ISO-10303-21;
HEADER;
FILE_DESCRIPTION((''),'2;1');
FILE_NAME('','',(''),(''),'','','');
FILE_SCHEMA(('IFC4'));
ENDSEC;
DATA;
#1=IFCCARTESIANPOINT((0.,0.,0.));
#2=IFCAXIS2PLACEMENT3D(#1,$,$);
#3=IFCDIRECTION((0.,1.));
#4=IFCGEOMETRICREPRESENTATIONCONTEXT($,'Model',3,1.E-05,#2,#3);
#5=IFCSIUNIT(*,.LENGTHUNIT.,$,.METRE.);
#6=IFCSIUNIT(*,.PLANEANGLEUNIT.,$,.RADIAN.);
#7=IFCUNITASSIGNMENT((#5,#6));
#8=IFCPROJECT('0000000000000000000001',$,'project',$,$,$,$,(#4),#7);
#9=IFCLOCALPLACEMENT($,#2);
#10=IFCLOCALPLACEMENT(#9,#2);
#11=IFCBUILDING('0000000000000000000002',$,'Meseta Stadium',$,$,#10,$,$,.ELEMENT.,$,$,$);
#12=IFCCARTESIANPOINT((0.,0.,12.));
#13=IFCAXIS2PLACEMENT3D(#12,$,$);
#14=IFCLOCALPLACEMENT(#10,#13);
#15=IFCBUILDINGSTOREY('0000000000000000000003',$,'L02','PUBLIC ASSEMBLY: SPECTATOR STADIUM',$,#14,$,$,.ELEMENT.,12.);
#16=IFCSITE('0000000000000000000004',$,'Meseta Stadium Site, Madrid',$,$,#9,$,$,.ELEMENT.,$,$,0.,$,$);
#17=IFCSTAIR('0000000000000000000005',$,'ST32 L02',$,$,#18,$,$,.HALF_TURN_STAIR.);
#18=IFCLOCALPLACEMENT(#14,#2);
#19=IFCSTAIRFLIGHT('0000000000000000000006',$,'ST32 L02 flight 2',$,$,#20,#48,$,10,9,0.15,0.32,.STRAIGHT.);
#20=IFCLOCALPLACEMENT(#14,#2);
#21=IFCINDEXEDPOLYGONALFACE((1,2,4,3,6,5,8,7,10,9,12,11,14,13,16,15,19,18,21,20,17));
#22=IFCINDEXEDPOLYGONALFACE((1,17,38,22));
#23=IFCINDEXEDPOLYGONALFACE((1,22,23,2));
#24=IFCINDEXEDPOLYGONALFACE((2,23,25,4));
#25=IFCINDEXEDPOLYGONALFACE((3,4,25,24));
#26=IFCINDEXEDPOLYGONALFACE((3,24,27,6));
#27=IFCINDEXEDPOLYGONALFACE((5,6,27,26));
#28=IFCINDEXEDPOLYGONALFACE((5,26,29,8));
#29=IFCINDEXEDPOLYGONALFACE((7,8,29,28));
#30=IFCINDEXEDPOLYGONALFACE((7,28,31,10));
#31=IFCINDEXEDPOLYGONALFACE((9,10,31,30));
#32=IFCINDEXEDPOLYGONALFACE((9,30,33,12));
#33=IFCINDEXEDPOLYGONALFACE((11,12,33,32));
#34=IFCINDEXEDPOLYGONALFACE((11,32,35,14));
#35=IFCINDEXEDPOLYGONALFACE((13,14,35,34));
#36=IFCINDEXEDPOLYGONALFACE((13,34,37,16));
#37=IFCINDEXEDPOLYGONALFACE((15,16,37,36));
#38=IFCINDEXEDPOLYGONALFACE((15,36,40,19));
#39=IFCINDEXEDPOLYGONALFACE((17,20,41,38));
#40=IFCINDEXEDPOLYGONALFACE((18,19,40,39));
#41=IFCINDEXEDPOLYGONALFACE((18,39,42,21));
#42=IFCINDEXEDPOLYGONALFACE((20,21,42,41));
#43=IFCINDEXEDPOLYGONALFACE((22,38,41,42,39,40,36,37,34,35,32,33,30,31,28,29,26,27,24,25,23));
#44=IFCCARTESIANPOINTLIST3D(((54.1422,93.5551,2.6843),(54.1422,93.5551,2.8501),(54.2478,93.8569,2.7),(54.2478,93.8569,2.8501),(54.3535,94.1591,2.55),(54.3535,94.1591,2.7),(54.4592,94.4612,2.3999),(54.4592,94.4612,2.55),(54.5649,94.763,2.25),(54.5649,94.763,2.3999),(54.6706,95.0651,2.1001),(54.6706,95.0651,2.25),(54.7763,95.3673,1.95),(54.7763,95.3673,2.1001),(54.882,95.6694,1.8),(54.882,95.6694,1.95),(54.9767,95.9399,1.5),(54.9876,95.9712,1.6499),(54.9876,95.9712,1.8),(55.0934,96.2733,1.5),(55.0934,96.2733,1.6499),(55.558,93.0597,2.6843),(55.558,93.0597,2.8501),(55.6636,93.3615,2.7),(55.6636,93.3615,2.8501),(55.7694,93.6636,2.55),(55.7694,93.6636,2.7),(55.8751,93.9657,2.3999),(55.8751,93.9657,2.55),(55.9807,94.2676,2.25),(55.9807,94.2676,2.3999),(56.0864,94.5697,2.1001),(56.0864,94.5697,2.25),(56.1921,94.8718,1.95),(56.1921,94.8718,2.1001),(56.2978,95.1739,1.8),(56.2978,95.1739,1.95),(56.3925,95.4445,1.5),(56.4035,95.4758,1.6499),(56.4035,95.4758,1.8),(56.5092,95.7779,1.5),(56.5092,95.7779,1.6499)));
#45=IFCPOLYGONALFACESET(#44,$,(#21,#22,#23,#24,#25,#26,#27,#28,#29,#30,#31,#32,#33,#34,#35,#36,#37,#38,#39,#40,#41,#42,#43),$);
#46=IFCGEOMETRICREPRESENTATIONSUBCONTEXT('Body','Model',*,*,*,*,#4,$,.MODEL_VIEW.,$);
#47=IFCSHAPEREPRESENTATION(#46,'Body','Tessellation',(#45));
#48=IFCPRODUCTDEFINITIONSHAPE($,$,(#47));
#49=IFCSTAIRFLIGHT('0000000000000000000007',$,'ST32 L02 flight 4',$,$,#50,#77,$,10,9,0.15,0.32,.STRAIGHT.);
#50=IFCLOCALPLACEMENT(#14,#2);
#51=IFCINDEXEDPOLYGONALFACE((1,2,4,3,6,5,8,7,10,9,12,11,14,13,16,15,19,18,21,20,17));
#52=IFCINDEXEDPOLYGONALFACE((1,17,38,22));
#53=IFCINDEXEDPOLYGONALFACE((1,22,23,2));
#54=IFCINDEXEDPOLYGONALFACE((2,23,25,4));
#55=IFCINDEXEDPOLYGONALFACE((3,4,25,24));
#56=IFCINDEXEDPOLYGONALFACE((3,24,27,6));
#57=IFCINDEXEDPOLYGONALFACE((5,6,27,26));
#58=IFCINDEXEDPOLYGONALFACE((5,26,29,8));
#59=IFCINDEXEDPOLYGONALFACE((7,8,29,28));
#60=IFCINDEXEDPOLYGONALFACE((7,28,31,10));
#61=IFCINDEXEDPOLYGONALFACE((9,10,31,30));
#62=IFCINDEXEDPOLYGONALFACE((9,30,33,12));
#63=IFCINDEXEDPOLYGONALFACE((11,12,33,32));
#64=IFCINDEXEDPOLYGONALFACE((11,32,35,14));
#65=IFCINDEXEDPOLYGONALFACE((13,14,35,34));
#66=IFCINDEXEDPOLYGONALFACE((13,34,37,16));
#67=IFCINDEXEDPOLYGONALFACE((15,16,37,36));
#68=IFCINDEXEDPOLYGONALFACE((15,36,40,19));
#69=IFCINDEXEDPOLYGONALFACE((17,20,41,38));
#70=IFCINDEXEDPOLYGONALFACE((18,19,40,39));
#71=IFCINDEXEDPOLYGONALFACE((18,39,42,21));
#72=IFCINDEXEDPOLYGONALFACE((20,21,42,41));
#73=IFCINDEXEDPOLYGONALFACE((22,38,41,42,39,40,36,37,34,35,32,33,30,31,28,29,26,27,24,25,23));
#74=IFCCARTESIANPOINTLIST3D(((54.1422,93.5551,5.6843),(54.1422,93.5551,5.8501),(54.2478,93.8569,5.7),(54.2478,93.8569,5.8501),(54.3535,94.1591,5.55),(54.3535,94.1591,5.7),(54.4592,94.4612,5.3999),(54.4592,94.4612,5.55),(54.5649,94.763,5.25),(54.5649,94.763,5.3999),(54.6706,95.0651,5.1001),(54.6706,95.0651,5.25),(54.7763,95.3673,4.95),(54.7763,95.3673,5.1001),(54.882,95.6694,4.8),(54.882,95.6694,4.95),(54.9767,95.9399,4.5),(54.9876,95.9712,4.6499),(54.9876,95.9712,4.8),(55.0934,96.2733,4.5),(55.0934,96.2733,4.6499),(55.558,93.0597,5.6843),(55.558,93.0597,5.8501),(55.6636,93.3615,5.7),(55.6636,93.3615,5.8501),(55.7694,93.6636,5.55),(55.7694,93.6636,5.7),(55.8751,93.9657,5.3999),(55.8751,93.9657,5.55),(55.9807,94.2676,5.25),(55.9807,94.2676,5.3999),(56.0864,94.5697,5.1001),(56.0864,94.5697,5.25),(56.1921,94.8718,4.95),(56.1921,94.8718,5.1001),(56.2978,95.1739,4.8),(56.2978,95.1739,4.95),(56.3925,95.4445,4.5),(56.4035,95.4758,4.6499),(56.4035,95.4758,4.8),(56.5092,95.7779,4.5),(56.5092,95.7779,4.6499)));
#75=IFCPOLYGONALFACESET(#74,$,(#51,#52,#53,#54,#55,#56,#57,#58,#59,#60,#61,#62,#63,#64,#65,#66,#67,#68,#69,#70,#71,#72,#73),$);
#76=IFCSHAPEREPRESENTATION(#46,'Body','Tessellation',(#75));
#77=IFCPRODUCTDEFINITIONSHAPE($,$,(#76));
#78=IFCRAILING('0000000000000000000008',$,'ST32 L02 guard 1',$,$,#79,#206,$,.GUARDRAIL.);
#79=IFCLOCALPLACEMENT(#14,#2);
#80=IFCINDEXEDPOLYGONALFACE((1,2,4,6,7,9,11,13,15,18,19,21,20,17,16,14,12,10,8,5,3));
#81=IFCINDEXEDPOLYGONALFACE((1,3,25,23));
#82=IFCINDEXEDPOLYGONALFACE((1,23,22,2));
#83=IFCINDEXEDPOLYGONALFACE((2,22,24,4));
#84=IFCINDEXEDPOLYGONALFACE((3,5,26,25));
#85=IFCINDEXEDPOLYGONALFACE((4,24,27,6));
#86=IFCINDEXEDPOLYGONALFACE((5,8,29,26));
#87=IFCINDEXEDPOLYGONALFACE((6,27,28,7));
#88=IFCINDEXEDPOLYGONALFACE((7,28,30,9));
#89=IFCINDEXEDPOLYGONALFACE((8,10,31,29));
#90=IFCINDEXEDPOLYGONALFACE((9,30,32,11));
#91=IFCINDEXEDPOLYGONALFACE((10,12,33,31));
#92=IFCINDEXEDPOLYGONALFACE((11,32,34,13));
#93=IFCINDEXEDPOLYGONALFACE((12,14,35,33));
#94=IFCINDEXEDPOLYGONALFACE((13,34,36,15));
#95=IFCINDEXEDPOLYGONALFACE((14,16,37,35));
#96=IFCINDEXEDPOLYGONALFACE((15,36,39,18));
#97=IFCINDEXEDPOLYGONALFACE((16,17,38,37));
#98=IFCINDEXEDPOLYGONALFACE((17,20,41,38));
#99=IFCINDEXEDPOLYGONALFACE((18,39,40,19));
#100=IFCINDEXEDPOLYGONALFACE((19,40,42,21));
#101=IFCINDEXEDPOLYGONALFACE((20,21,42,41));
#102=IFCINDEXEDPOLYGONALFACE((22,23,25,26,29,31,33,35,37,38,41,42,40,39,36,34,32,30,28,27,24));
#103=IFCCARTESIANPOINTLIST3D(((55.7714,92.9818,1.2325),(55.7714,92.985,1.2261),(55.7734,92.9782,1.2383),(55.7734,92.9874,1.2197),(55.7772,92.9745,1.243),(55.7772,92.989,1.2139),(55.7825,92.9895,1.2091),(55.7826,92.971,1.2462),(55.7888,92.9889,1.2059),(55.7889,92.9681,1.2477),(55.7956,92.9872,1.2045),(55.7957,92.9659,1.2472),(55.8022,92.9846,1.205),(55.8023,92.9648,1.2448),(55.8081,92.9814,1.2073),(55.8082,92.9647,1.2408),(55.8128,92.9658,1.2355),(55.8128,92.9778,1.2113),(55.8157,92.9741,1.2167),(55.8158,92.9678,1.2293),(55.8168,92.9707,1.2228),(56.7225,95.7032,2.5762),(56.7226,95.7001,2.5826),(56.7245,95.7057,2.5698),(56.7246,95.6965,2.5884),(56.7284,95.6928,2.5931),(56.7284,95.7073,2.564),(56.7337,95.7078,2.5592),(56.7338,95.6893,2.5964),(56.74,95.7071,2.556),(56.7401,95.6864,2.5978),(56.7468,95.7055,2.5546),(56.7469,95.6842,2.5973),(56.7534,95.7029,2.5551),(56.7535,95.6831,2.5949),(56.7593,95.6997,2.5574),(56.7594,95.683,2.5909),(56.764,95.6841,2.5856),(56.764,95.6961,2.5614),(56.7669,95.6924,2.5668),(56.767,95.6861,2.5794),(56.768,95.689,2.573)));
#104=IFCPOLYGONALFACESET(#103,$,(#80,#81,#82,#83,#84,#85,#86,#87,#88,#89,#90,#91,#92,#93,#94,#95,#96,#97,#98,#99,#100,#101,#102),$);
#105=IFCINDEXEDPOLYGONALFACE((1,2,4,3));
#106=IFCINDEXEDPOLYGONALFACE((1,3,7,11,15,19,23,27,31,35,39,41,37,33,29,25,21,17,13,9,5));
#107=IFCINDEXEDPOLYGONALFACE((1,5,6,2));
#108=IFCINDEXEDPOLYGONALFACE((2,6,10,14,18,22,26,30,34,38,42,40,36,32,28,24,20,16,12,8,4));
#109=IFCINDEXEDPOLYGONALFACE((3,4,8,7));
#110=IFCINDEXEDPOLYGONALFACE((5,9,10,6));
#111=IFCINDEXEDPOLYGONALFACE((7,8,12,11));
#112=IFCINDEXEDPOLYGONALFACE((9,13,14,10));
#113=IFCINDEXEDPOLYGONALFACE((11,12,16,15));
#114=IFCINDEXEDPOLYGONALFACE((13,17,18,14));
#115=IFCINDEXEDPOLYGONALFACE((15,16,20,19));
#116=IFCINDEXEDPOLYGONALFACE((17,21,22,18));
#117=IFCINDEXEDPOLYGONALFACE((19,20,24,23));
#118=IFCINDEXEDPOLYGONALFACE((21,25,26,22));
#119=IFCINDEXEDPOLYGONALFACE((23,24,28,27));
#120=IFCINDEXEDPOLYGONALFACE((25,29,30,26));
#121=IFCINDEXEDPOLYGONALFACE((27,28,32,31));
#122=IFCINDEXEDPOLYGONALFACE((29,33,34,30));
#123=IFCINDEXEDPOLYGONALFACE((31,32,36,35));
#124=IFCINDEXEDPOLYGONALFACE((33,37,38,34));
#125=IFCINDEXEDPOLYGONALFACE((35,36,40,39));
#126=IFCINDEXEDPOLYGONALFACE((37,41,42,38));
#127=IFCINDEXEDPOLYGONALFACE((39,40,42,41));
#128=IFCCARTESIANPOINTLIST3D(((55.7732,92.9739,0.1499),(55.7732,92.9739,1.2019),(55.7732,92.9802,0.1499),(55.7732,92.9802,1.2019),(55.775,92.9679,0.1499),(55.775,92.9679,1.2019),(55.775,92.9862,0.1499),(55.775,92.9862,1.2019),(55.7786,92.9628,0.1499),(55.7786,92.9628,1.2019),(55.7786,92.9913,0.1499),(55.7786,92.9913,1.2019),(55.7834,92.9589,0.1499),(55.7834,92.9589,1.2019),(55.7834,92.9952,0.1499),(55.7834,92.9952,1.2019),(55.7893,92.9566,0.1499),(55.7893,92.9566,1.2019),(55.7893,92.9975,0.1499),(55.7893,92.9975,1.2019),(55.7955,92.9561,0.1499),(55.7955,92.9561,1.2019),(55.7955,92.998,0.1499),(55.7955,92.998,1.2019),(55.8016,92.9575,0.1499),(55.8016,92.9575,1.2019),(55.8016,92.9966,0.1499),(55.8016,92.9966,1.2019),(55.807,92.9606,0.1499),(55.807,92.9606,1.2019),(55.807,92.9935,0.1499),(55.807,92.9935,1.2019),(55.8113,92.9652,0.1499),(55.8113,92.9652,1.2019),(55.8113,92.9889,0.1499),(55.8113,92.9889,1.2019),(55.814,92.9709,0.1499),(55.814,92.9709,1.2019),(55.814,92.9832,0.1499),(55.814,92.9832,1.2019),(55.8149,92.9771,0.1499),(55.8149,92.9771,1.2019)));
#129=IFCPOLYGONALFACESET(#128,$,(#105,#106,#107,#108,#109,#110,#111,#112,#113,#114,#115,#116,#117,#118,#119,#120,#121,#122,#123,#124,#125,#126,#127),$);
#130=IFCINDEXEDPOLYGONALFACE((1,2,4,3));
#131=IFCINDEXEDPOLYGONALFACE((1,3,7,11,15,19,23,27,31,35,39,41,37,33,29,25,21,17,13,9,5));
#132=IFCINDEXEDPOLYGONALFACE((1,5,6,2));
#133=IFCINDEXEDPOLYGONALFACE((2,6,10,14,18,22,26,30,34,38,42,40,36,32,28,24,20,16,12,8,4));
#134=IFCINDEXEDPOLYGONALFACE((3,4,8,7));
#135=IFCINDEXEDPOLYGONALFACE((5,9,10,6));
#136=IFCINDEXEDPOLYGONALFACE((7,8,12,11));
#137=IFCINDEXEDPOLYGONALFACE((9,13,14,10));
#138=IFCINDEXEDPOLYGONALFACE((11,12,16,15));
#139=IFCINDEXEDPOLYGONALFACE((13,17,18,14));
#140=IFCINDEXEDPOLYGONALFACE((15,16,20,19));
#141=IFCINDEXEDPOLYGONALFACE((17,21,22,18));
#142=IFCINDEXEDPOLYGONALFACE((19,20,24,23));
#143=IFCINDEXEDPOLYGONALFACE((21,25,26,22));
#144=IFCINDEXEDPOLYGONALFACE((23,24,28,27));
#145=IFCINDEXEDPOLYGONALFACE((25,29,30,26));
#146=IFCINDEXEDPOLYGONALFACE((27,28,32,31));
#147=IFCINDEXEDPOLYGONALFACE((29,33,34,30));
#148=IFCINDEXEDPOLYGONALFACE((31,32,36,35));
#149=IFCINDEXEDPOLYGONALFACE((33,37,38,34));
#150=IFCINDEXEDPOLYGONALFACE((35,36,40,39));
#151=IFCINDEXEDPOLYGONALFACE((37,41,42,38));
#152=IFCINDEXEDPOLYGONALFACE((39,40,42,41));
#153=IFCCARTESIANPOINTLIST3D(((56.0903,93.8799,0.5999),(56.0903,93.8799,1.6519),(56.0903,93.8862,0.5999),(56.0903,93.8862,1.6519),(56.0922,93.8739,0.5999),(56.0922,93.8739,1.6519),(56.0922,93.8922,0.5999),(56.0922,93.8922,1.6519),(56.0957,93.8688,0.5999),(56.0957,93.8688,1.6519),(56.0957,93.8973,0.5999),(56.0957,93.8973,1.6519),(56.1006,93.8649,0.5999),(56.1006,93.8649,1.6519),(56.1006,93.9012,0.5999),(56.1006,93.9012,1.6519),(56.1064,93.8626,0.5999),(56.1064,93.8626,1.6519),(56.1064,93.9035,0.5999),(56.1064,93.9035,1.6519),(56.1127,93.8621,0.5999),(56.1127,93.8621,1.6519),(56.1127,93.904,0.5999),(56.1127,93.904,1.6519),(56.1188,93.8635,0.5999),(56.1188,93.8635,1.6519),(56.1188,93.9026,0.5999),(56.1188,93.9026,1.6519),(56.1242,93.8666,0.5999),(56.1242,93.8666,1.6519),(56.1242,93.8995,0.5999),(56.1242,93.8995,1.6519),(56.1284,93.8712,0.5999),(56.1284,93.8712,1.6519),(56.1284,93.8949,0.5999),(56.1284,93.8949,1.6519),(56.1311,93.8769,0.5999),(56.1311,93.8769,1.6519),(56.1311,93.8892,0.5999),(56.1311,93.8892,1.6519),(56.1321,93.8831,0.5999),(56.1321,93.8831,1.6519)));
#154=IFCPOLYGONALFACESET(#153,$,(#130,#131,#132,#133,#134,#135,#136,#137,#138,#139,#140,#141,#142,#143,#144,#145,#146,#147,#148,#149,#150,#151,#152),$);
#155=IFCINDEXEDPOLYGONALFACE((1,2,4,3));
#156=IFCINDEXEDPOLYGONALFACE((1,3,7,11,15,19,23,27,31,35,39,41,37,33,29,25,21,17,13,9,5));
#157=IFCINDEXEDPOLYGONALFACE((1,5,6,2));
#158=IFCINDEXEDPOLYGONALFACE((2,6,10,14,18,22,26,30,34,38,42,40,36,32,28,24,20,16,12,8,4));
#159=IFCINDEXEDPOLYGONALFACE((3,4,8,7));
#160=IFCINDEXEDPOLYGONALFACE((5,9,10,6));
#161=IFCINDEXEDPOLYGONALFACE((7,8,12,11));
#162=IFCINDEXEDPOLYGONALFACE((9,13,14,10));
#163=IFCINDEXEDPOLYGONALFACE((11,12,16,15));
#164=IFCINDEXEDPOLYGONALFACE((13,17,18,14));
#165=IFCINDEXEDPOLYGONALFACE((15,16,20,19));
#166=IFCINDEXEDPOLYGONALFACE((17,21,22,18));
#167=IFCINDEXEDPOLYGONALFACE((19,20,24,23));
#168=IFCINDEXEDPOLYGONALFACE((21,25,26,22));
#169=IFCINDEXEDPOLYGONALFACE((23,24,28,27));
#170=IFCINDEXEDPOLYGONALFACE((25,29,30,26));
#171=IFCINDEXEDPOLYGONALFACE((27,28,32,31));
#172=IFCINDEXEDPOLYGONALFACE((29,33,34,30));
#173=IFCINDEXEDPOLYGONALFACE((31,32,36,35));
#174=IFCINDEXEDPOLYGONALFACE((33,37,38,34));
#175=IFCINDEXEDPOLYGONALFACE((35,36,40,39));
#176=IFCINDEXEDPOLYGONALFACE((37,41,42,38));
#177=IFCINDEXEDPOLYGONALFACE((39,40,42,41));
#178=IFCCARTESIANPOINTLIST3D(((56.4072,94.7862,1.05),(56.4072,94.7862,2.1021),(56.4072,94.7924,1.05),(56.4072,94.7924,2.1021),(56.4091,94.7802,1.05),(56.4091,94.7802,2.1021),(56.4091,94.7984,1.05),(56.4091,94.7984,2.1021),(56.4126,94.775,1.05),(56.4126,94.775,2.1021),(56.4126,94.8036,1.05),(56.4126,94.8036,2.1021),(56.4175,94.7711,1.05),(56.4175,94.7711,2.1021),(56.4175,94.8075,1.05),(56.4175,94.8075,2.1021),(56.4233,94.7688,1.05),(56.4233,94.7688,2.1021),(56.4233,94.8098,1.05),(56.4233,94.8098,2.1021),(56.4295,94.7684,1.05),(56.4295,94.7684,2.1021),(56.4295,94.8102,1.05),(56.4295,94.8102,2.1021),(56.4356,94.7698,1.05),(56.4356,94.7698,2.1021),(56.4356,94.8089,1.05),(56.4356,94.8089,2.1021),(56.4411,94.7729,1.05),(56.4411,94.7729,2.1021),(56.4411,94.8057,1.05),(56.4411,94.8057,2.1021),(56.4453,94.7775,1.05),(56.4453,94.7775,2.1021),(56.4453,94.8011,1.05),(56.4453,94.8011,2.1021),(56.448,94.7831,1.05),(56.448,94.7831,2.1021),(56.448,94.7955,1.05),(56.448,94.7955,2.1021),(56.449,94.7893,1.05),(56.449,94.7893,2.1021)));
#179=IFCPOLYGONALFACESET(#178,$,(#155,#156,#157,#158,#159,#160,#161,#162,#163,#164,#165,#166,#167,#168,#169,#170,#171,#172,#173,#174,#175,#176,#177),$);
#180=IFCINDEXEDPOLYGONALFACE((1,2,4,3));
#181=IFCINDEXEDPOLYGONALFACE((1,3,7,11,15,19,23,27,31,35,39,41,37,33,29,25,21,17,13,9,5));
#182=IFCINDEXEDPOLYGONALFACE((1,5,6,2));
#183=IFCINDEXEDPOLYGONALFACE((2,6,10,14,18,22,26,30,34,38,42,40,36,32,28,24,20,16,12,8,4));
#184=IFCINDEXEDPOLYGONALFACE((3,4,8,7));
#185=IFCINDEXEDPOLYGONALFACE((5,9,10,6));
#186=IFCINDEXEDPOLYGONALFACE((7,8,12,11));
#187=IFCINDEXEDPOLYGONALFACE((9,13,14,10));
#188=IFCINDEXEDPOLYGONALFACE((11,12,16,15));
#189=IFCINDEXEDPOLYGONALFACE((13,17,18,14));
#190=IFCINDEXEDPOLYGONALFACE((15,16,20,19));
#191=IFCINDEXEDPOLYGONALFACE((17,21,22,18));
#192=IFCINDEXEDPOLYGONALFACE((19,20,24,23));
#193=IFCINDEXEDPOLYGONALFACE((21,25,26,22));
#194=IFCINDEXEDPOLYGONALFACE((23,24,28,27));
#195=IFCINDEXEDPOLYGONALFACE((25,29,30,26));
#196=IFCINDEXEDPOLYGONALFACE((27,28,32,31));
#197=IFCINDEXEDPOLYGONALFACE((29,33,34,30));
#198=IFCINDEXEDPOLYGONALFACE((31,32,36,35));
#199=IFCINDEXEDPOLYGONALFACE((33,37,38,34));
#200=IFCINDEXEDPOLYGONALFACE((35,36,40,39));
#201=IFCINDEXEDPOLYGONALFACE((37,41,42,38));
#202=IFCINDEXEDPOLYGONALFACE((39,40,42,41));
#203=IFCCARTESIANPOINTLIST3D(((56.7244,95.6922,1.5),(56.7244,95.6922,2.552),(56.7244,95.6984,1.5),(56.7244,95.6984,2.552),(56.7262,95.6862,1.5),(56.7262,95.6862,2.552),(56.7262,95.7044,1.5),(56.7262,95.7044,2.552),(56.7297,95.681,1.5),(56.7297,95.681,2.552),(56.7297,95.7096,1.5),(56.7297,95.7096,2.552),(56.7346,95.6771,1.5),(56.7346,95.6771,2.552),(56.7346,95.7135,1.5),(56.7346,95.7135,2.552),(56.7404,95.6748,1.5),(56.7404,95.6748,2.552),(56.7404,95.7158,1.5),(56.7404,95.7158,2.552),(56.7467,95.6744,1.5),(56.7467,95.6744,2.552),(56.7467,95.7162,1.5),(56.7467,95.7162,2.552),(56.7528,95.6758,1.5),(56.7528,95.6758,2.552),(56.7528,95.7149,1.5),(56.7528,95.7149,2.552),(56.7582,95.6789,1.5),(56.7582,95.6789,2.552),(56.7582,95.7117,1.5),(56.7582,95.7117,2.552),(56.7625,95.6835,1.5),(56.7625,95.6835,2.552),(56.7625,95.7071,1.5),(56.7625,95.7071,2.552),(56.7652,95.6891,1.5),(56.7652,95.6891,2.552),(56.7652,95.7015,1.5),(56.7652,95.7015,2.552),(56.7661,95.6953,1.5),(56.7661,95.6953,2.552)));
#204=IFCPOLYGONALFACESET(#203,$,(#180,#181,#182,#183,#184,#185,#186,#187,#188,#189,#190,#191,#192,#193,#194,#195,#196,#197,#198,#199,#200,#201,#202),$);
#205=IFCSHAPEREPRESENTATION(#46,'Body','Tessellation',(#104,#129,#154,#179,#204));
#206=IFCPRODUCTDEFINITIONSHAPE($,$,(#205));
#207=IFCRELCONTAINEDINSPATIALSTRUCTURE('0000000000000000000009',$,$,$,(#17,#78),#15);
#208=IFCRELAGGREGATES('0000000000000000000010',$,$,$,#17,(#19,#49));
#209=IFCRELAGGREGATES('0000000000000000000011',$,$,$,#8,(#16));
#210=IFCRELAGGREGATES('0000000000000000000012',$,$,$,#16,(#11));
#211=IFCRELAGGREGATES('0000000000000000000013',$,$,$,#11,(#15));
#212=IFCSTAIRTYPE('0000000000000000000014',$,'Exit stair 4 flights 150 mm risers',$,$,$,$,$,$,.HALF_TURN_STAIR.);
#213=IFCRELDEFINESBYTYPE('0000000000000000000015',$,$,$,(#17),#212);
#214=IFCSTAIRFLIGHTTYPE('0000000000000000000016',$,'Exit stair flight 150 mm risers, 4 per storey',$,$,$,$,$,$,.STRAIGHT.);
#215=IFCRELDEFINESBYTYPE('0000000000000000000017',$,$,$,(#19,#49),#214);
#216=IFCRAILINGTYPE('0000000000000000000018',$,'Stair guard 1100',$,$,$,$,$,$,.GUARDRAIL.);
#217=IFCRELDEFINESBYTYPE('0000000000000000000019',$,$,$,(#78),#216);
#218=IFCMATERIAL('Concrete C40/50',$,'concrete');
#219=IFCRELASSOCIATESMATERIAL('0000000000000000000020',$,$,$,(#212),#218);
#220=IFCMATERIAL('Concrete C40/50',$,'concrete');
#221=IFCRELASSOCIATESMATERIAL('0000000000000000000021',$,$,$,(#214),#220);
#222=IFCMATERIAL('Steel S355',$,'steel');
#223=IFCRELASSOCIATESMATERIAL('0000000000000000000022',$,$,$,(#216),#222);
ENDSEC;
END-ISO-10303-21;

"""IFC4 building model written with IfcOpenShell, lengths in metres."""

from ifc_helpers import new_model, si_unit, direction, frame, origin, origin_2d, place, context, subcontext, project, spatial, polyline, circle, outline, extrude, material, type_object, element, aggregate, save


model = new_model("IFC4")

# Units and contexts
model_context = context("Model", 3, precision=1e-05, world=origin(), true_north=direction((0.0, 1.0)))
body_context = subcontext(model_context, "Body", "Model", "MODEL_VIEW")
ifc_project = project(units=[si_unit("LENGTHUNIT", "METRE"), si_unit("PLANEANGLEUNIT", "RADIAN")], contexts=[model_context])

# Site, building, storey
site_placement = place(None, origin())
site = spatial("IfcSite", under=ifc_project, at=site_placement, Name="Meseta Stadium Site, Madrid", CompositionType="ELEMENT", RefElevation=0.0)
building_placement = place(site_placement, origin())
building = spatial("IfcBuilding", under=site, at=building_placement, Name="Meseta Stadium", CompositionType="ELEMENT")
storey_placement = place(building_placement, frame((0.0, 0.0, 12.0)))
storey = spatial("IfcBuildingStorey", under=building, at=storey_placement, Name="L02", Description="PUBLIC ASSEMBLY: SPECTATOR STADIUM", CompositionType="ELEMENT", Elevation=12.0)

# Stair, stair flights
ifc_material_1 = material(Name="Concrete C40/50", Category="concrete")
stair_type = type_object("IfcStairType", Name="Exit stair 4 flights 150 mm risers", PredefinedType="HALF_TURN_STAIR", material=ifc_material_1)
stair_placement = place(storey_placement, origin())
stair = element("IfcStair", 1, at=stair_placement, inside=storey, type_object=stair_type, Name="ST32 L02", PredefinedType="HALF_TURN_STAIR")
ifc_material_2 = material(Name="Concrete C40/50", Category="concrete")
stair_flight_type = type_object("IfcStairFlightType", Name="Exit stair flight 150 mm risers, 4 per storey", PredefinedType="STRAIGHT", material=ifc_material_2)
stair_flight_1_placement = place(storey_placement, frame((55.8013, 96.0256, 1.5), z_axis=(0.0, 0.0, 1.0), x_axis=(-0.330279, -0.943883, 0.0)))
stair_flight_1 = element("IfcStairFlight", 2, at=stair_flight_1_placement, type_object=stair_flight_type, Name="ST32 L02 flight 2", NumberOfRisers=10, NumberOfTreads=9, PredefinedType="STRAIGHT", RiserHeight=0.15, TreadLength=0.32, context=body_context, shape_type="SweptSolid", body=[
    extrude(outline(polyline([(0.0, 0.0), (0.0, 0.1499), (0.3201, 0.1499), (0.3201, 0.3), (0.6399, 0.3), (0.6399, 0.45), (0.96, 0.45), (0.96, 0.6001), (1.28, 0.6001), (1.28, 0.75), (1.6001, 0.75), (1.6001, 0.8999), (1.9199, 0.8999), (1.9199, 1.05), (2.24, 1.05), (2.24, 1.2), (2.5601, 1.2), (2.5601, 1.3501), (2.8799, 1.3501), (2.8799, 1.1843), (0.3533, 0.0), (0.0, 0.0)])), frame((0.0, 0.75, 0.0), z_axis=(0.0, -1.0, 0.0), x_axis=(1.0, 0.0, 0.0)), (0.0, 0.0, 1.0), 1.5),
])
stair_flight_2_placement = place(storey_placement, frame((55.8013, 96.0256, 4.5), z_axis=(0.0, 0.0, 1.0), x_axis=(-0.330279, -0.943883, 0.0)))
stair_flight_2 = element("IfcStairFlight", 3, at=stair_flight_2_placement, type_object=stair_flight_type, Name="ST32 L02 flight 4", NumberOfRisers=10, NumberOfTreads=9, PredefinedType="STRAIGHT", RiserHeight=0.15, TreadLength=0.32, context=body_context, shape_type="SweptSolid", body=[
    extrude(outline(polyline([(0.0, 0.0), (0.0, 0.1499), (0.3201, 0.1499), (0.3201, 0.3), (0.6399, 0.3), (0.6399, 0.45), (0.96, 0.45), (0.96, 0.6001), (1.28, 0.6001), (1.28, 0.75), (1.6001, 0.75), (1.6001, 0.8999), (1.9199, 0.8999), (1.9199, 1.05), (2.24, 1.05), (2.24, 1.2), (2.5601, 1.2), (2.5601, 1.3501), (2.8799, 1.3501), (2.8799, 1.1843), (0.3533, 0.0), (0.0, 0.0)])), frame((0.0, 0.75, 0.0), z_axis=(0.0, -1.0, 0.0), x_axis=(1.0, 0.0, 0.0)), (0.0, 0.0, 1.0), 1.5),
])
aggregate(stair, [stair_flight_1, stair_flight_2])

# Railing
ifc_material_3 = material(Name="Steel S355", Category="steel")
railing_type_1 = type_object("IfcRailingType", Name="Stair guard 1100", PredefinedType="GUARDRAIL", material=ifc_material_3)
railing_1_placement = place(storey_placement, frame((55.7939, 92.9771, 0.1499)))
element("IfcRailing", 4, at=railing_1_placement, inside=storey, type_object=railing_type_1, Name="ST32 L02 guard 1", PredefinedType="GUARDRAIL", context=body_context, shape_type="SweptSolid", body=[
    extrude(circle(Radius=0.0239, at=origin_2d()), frame((0.0, 0.0, 1.0762), z_axis=(0.299051, 0.854629, 0.424474), x_axis=(-0.943882, 0.330282, 0.0)), (0.0, 0.0, 1.0), 3.1807),
    extrude(circle(Radius=0.021, at=origin_2d()), origin(), (0.0, 0.0, 1.0), 1.052),
    extrude(circle(Radius=0.021, at=origin_2d()), frame((0.3171, 0.906, 0.45)), (0.0, 0.0, 1.0), 1.052),
    extrude(circle(Radius=0.021, at=origin_2d()), frame((0.634, 1.8123, 0.9001)), (0.0, 0.0, 1.0), 1.052),
    extrude(circle(Radius=0.021, at=origin_2d()), frame((0.9512, 2.7183, 1.3501)), (0.0, 0.0, 1.0), 1.052),
])

save(model, "model.ifc")
